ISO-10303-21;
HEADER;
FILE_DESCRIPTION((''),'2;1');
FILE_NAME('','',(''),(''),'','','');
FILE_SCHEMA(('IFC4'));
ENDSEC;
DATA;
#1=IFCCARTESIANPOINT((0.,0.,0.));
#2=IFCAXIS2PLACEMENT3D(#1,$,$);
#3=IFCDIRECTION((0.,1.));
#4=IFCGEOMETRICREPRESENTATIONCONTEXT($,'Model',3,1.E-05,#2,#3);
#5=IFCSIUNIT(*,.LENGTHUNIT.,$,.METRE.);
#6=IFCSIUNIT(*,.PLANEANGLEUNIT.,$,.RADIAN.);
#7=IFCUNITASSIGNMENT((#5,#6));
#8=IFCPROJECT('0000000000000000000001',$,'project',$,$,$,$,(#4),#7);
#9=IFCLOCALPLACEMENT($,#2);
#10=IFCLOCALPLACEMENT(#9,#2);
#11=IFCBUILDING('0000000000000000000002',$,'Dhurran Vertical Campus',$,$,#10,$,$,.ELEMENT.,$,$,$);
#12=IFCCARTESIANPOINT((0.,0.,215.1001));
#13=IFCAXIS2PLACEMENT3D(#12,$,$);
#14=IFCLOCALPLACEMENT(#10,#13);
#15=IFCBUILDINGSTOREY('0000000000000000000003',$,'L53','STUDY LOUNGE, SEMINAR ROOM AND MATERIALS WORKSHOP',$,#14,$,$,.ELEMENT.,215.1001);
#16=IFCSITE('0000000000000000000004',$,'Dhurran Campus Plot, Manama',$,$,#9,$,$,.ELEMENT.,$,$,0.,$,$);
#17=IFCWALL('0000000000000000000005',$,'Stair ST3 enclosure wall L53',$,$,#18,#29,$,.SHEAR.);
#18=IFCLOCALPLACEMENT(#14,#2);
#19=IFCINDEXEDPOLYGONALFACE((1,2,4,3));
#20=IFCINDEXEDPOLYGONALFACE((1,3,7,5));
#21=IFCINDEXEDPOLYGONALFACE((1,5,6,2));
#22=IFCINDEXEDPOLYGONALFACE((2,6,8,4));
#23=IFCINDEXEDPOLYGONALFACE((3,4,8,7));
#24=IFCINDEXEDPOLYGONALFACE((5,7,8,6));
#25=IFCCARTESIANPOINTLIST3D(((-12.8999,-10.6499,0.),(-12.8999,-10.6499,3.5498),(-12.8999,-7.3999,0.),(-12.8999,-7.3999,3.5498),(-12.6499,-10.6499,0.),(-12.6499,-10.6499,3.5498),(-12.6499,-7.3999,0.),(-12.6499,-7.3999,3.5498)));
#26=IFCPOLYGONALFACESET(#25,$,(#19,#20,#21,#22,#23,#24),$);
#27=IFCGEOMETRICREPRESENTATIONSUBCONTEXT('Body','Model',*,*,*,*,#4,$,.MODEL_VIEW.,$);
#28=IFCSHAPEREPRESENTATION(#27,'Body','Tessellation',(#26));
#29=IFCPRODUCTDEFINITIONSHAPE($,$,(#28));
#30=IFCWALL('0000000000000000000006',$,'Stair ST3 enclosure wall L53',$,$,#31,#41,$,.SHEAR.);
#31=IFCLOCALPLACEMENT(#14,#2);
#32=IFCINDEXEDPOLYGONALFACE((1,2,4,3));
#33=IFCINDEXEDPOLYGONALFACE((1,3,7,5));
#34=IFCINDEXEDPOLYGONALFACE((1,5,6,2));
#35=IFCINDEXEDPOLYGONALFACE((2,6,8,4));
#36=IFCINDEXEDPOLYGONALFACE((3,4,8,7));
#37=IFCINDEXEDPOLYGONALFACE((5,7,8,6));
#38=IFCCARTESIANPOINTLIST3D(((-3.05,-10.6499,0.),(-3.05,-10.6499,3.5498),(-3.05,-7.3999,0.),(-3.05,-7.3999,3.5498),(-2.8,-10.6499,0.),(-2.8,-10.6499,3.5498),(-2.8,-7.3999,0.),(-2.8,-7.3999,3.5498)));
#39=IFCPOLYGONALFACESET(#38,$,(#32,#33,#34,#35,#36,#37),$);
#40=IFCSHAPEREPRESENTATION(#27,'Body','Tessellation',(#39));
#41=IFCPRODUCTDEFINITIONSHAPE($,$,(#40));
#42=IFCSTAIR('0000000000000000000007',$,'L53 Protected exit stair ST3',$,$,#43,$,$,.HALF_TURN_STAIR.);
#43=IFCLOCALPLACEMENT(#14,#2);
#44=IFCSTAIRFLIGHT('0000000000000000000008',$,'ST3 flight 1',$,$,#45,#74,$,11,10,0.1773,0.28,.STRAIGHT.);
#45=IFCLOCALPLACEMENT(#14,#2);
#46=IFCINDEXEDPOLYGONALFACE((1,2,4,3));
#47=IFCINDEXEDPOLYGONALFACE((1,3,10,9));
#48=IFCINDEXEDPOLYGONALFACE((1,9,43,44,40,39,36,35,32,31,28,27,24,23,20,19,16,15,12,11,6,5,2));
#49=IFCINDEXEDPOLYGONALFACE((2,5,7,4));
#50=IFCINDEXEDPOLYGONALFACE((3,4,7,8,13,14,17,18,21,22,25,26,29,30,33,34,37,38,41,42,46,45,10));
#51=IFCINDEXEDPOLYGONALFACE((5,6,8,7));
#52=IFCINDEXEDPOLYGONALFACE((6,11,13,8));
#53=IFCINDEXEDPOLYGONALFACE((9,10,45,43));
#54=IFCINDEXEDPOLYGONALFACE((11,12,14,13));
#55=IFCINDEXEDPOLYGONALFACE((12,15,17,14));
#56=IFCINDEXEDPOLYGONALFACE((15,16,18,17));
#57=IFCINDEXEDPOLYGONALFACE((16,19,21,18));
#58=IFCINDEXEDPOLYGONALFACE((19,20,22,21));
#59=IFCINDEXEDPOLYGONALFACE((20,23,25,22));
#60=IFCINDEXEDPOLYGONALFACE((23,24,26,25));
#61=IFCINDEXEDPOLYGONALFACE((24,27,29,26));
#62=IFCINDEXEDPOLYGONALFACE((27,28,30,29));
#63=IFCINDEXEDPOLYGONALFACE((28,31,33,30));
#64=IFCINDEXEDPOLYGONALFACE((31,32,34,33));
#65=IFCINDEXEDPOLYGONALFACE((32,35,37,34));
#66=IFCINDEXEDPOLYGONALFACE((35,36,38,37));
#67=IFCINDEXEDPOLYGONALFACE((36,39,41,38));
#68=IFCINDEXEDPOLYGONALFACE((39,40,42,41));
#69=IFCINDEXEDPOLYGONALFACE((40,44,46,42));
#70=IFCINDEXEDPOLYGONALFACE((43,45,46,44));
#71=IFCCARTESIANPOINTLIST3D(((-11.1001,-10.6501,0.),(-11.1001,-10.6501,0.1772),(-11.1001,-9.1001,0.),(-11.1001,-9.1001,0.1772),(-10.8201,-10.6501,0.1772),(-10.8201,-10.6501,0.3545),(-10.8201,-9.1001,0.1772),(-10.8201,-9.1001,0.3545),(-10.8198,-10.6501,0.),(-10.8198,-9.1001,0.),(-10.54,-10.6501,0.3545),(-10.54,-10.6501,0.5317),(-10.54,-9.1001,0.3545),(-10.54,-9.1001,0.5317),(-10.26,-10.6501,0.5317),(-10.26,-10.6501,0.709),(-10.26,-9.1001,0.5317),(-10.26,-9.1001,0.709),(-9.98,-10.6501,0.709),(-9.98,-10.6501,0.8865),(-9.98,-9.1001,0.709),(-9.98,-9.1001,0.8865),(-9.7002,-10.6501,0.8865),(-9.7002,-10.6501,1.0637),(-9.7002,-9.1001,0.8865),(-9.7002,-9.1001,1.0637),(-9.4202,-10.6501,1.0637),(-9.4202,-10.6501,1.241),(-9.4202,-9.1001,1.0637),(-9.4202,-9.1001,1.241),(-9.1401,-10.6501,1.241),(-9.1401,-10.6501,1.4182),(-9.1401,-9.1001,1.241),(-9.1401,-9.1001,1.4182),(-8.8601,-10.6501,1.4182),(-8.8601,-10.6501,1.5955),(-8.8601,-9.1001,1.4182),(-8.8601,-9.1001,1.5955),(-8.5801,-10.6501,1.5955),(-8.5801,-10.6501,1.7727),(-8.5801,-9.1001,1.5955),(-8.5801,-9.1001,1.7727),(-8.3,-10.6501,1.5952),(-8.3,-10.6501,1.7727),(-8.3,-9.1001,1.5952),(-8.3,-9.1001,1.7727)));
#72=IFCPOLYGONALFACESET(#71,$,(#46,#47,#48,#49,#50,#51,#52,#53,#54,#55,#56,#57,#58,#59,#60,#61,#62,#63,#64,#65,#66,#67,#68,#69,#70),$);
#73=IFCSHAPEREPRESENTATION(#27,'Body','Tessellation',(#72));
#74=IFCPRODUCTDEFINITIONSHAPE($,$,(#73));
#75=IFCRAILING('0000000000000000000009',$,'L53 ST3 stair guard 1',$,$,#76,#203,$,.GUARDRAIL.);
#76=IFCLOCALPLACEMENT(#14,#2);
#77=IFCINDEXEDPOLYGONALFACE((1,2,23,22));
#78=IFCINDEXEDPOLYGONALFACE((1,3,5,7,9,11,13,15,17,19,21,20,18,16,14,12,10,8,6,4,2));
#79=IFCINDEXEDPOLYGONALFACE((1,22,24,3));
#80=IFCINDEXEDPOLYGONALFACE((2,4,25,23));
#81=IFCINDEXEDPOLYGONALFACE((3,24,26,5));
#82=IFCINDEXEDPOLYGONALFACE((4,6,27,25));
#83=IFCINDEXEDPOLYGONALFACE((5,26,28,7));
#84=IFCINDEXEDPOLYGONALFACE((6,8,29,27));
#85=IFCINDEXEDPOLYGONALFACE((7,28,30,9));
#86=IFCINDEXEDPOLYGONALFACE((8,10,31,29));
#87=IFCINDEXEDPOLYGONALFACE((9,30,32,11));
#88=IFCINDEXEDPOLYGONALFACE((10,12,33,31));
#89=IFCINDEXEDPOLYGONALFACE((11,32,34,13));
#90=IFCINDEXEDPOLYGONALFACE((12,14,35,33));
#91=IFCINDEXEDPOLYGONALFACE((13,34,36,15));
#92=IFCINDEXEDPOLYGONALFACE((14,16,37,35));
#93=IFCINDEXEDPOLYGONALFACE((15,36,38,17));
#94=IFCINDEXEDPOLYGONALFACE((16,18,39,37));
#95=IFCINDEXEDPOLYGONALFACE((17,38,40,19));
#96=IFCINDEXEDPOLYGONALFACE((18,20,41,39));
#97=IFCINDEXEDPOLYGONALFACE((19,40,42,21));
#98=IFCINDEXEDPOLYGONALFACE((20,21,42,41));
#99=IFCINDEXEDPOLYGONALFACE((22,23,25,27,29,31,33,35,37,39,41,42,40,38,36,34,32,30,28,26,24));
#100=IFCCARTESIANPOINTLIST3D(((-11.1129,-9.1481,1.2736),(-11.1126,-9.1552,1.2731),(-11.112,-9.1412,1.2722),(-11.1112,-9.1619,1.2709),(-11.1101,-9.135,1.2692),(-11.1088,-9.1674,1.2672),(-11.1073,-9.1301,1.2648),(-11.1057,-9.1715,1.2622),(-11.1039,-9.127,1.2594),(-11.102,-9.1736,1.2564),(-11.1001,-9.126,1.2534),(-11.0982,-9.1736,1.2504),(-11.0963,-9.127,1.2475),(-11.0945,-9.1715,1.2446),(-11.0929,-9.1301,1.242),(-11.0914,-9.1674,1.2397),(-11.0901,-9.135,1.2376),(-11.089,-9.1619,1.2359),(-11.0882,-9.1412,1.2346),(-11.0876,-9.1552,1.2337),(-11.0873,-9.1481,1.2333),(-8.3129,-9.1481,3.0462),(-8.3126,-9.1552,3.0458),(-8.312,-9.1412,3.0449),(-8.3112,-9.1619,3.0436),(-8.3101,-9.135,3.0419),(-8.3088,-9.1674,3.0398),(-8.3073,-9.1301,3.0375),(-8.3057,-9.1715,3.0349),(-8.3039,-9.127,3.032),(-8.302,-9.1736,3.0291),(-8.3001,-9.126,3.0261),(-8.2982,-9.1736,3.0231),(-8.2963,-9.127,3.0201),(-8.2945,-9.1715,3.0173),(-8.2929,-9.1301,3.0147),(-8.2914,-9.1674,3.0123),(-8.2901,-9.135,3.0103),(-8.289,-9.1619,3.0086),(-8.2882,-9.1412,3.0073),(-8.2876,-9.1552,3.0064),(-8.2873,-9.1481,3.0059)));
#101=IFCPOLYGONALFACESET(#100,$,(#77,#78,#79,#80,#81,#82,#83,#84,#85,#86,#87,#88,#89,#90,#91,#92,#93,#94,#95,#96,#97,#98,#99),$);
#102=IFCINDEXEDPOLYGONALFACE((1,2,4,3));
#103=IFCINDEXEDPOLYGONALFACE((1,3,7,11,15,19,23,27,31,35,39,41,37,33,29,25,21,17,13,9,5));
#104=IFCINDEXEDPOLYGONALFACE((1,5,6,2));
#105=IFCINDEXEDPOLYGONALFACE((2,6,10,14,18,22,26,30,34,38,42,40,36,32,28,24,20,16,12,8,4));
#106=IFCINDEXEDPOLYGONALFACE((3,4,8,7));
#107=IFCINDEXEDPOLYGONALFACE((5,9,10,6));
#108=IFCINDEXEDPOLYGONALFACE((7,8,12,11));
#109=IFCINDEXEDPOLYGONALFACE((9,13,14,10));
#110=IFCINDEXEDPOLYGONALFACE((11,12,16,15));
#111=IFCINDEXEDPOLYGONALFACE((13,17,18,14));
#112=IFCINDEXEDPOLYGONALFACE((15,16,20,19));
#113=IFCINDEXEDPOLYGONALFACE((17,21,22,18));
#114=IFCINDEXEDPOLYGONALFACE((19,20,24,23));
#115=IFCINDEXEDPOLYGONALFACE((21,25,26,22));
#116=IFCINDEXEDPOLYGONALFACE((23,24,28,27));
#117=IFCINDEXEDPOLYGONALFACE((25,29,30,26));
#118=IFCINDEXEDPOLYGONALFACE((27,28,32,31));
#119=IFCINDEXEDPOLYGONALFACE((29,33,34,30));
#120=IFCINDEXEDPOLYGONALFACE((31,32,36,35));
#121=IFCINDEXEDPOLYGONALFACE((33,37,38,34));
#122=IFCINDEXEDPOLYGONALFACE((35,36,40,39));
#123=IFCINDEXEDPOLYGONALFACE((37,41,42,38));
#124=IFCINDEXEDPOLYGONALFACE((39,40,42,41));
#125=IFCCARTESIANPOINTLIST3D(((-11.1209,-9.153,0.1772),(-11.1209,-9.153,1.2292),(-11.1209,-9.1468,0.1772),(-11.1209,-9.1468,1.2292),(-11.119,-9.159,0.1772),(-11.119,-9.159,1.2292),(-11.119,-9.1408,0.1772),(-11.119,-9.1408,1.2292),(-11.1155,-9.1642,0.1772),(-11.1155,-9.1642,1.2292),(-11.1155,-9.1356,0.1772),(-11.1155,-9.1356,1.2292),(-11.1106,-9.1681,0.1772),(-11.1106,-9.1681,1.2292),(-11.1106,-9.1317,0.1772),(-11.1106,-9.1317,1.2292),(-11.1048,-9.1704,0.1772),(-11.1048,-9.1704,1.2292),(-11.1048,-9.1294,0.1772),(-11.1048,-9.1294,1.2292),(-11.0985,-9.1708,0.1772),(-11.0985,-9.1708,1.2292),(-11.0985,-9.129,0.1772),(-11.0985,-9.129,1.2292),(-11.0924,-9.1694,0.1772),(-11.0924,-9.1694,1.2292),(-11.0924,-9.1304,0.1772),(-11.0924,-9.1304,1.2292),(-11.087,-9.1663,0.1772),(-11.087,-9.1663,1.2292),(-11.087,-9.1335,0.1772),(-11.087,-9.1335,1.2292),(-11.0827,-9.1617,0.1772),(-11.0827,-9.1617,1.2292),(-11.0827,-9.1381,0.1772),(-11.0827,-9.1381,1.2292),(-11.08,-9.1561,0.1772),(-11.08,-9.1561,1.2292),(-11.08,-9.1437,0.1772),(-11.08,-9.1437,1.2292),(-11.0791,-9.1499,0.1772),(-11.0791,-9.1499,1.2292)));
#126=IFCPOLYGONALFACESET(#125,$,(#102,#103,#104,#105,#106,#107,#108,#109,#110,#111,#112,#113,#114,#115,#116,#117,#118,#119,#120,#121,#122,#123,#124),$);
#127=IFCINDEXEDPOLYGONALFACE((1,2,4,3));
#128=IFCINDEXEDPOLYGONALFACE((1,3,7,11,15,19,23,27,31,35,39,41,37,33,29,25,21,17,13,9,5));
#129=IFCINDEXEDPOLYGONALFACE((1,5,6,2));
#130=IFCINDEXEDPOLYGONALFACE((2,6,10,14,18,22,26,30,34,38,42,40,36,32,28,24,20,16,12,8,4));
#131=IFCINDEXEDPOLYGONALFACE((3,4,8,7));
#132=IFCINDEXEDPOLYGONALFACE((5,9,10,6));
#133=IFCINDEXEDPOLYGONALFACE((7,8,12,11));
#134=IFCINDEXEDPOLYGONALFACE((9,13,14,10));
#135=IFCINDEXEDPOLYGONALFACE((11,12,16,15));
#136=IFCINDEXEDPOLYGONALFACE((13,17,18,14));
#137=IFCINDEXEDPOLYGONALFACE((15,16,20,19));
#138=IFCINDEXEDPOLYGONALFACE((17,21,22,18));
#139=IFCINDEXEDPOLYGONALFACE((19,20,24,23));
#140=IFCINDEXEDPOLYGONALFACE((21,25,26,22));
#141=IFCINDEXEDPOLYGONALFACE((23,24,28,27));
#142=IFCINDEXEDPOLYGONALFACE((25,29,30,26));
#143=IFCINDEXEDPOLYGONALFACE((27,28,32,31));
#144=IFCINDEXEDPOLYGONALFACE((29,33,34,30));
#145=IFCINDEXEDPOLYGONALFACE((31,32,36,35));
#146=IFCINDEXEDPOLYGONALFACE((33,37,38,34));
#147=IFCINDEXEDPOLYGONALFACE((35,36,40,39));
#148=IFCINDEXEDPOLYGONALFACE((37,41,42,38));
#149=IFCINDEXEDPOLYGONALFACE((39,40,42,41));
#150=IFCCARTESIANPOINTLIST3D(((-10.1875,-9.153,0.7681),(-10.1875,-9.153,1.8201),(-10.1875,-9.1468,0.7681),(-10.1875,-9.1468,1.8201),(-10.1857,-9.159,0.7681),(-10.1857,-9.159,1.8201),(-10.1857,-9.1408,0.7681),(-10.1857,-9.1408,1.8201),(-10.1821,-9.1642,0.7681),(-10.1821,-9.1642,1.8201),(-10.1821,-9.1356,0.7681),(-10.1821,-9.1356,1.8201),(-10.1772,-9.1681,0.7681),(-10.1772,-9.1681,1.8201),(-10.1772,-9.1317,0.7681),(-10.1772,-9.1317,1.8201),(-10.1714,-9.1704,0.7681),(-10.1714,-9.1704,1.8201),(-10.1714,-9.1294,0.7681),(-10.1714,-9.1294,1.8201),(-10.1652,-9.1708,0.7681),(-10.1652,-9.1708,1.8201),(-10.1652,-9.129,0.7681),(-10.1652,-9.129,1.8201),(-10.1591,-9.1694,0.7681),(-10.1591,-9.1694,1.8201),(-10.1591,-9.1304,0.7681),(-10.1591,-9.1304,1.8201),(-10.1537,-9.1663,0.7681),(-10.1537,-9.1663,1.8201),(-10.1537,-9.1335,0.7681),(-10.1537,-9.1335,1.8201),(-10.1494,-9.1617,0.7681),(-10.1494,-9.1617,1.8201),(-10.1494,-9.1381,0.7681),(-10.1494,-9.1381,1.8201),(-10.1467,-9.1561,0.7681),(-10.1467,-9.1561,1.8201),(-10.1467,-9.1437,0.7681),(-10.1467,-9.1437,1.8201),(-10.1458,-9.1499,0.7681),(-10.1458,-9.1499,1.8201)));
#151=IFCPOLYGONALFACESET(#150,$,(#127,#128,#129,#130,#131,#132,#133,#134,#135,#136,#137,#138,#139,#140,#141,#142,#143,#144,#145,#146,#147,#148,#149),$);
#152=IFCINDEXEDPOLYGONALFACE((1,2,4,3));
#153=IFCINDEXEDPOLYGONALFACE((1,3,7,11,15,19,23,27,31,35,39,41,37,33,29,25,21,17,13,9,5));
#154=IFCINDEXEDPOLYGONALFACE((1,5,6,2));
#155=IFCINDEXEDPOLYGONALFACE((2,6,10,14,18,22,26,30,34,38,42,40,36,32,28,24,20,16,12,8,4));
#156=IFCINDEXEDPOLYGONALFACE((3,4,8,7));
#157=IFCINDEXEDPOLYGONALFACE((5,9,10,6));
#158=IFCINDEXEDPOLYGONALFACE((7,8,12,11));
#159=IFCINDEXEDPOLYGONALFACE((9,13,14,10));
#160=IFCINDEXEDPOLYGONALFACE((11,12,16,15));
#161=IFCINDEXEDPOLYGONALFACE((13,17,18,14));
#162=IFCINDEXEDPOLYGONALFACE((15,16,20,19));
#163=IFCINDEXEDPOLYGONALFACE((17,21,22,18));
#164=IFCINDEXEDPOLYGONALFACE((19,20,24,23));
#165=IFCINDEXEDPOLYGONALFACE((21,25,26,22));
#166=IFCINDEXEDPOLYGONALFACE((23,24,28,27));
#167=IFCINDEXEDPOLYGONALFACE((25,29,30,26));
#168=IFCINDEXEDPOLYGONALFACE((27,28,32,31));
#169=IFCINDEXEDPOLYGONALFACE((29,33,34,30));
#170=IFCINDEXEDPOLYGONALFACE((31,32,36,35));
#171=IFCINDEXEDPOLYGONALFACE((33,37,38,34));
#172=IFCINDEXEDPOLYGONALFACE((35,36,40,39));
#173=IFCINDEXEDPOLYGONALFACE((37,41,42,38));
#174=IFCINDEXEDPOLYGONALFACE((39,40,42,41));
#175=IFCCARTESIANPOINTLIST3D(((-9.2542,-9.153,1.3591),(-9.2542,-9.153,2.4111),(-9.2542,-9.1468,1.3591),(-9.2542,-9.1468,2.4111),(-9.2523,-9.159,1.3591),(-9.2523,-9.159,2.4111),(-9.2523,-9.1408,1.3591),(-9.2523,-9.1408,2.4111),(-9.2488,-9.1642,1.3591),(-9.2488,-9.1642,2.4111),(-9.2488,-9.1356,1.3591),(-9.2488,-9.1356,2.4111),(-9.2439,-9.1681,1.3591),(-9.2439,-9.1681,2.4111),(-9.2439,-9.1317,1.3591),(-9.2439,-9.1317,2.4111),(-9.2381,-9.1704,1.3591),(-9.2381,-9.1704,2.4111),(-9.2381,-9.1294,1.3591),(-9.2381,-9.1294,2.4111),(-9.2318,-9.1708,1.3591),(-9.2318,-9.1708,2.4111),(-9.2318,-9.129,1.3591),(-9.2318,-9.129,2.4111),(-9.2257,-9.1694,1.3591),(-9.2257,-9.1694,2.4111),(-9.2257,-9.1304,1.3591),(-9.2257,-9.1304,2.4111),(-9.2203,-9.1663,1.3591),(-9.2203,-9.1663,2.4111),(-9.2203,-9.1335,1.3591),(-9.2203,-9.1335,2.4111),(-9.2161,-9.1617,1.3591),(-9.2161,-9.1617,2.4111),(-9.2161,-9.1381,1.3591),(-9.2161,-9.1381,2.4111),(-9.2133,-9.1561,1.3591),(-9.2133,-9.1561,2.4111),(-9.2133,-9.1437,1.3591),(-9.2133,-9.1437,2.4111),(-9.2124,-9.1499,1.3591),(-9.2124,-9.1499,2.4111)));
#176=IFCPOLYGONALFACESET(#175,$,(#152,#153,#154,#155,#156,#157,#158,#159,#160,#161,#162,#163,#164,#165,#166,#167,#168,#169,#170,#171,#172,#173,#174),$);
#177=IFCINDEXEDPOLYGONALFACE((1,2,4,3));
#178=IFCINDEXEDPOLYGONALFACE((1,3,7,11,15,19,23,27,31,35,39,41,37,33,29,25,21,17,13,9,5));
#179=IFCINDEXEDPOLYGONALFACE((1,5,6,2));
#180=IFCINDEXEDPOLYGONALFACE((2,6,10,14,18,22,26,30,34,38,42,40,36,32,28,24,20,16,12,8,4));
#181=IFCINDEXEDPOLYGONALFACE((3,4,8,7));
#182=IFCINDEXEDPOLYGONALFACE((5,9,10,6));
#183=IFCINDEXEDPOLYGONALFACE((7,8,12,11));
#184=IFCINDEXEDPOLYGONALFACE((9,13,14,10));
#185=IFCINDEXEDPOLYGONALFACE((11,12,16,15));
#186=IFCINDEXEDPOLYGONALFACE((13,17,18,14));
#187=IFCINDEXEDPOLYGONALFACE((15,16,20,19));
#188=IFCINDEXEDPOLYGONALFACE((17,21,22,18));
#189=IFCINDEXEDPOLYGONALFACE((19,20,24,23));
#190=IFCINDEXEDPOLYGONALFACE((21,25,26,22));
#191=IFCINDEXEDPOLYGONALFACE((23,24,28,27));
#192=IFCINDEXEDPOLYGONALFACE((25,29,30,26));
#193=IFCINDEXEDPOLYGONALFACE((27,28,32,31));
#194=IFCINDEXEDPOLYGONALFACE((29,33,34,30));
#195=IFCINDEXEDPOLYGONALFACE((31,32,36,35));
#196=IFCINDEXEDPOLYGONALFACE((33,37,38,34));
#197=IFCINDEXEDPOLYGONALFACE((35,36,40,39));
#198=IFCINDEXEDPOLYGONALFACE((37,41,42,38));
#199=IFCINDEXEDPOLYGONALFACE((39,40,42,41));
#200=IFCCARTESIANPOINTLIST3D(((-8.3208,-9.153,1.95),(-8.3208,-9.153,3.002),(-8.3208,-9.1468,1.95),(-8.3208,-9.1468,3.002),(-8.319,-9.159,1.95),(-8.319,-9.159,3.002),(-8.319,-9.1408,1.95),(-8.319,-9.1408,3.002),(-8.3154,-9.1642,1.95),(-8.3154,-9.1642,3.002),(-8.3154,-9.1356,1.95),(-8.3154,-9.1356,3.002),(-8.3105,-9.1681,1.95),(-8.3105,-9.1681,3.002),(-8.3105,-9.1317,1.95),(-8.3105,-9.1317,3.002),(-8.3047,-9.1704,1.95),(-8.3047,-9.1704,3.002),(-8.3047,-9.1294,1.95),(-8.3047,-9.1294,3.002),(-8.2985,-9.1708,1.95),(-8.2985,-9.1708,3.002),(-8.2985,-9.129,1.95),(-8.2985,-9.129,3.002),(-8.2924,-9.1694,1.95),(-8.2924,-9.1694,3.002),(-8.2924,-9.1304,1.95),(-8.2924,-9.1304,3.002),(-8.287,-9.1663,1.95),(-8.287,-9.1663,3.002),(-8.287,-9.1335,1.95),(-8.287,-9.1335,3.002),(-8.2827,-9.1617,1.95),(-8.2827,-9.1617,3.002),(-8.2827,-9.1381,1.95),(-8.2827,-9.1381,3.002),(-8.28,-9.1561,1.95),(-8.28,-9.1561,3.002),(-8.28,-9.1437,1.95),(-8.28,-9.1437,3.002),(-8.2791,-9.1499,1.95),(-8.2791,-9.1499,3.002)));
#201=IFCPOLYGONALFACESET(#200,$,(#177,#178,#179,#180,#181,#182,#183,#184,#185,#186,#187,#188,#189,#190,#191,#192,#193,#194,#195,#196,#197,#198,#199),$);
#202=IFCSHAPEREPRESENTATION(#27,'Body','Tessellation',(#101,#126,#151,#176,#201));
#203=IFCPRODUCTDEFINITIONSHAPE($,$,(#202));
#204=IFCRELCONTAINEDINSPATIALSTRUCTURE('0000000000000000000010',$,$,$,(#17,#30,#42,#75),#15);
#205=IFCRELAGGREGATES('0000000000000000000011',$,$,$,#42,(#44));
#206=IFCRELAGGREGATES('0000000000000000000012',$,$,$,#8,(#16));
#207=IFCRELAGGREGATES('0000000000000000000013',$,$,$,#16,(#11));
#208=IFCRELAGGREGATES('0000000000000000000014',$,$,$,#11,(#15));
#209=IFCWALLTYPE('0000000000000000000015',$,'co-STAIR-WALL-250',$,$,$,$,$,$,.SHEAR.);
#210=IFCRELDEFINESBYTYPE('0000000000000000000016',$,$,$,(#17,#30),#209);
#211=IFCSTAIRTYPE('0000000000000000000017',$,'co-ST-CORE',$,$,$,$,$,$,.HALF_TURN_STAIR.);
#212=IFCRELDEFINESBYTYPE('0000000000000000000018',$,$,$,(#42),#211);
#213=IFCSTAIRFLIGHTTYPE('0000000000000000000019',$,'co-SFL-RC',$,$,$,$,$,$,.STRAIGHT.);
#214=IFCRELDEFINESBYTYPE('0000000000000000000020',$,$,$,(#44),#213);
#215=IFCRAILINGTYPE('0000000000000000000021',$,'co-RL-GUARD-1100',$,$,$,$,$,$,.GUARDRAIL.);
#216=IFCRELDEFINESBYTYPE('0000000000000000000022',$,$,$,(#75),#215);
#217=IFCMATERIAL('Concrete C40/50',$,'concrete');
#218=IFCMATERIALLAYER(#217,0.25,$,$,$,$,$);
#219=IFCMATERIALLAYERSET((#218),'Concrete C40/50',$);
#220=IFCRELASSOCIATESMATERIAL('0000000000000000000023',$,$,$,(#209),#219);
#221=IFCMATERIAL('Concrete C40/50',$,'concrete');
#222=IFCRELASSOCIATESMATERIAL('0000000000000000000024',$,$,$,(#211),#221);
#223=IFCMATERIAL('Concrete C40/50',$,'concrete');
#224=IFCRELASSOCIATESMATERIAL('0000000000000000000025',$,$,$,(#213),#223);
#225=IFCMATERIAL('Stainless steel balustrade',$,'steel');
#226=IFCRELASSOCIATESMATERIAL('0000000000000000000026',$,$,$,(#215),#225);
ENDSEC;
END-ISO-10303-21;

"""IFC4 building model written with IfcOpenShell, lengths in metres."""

from ifc_helpers import new_model, si_unit, direction, frame, frame_2d, origin, origin_2d, place, context, subcontext, project, spatial, polyline, rectangle, circle, outline, extrude, material, layer, layer_set, type_object, element, aggregate, save


model = new_model("IFC4")

# Units and contexts
model_context = context("Model", 3, precision=1e-05, world=origin(), true_north=direction((0.0, 1.0)))
body_context = subcontext(model_context, "Body", "Model", "MODEL_VIEW")
ifc_project = project(units=[si_unit("LENGTHUNIT", "METRE"), si_unit("PLANEANGLEUNIT", "RADIAN")], contexts=[model_context])

# Site, building, storey
site_placement = place(None, origin())
site = spatial("IfcSite", under=ifc_project, at=site_placement, Name="Dhurran Campus Plot, Manama", CompositionType="ELEMENT", RefElevation=0.0)
building_placement = place(site_placement, origin())
building = spatial("IfcBuilding", under=site, at=building_placement, Name="Dhurran Vertical Campus", CompositionType="ELEMENT")
storey_placement = place(building_placement, frame((0.0, 0.0, 215.1001)))
storey = spatial("IfcBuildingStorey", under=building, at=storey_placement, Name="L53", Description="STUDY LOUNGE, SEMINAR ROOM AND MATERIALS WORKSHOP", CompositionType="ELEMENT", Elevation=215.1001)

# Walls
ifc_material_1 = material(Name="Concrete C40/50", Category="concrete")
ifc_layer_1 = layer(ifc_material_1, 0.25)
ifc_layer_set_1 = layer_set([ifc_layer_1], Name="Concrete C40/50")
wall_type_1 = type_object("IfcWallType", Name="co-STAIR-WALL-250", PredefinedType="SHEAR", material=ifc_layer_set_1)
for number, where, z_axis, x_axis, name in (
    (1, (-12.7749, -10.6499, 0.0), (0.0, 0.0, 1.0), (0.0, 1.0, 0.0), "Stair ST3 enclosure wall L53"),
    (2, (-2.925, -10.6499, 0.0), (0.0, 0.0, 1.0), (0.0, 1.0, 0.0), "Stair ST3 enclosure wall L53"),
):
    element("IfcWall", number, at=place(storey_placement, frame(where, z_axis=z_axis, x_axis=x_axis)), inside=storey, type_object=wall_type_1, Name=name, PredefinedType="SHEAR", context=body_context, shape_type="SweptSolid", body=[
        extrude(rectangle(XDim=3.25, YDim=0.25, at=frame_2d((1.625, 0.0))), origin(), (0.0, 0.0, 1.0), 3.5498),
    ])

# Stair, stair flight
ifc_material_2 = material(Name="Concrete C40/50", Category="concrete")
stair_type = type_object("IfcStairType", Name="co-ST-CORE", PredefinedType="HALF_TURN_STAIR", material=ifc_material_2)
stair_placement = place(storey_placement, origin())
stair = element("IfcStair", 3, at=stair_placement, inside=storey, type_object=stair_type, Name="L53 Protected exit stair ST3", PredefinedType="HALF_TURN_STAIR")
ifc_material_3 = material(Name="Concrete C40/50", Category="concrete")
stair_flight_type = type_object("IfcStairFlightType", Name="co-SFL-RC", PredefinedType="STRAIGHT", material=ifc_material_3)
stair_flight_placement = place(storey_placement, frame((-11.1001, -9.875, 0.0), z_axis=(0.0, 0.0, 1.0), x_axis=(1.0, 0.0, 0.0)))
stair_flight = element("IfcStairFlight", 4, at=stair_flight_placement, type_object=stair_flight_type, Name="ST3 flight 1", NumberOfRisers=11, NumberOfTreads=10, PredefinedType="STRAIGHT", RiserHeight=0.1773, TreadLength=0.28, context=body_context, shape_type="SweptSolid", body=[
    extrude(outline(polyline([(0.0, 0.0), (0.0, 0.1772), (0.28, 0.1772), (0.28, 0.3545), (0.5601, 0.3545), (0.5601, 0.5317), (0.8401, 0.5317), (0.8401, 0.709), (1.1201, 0.709), (1.1201, 0.8865), (1.3999, 0.8865), (1.3999, 1.0637), (1.6799, 1.0637), (1.6799, 1.241), (1.96, 1.241), (1.96, 1.4182), (2.24, 1.4182), (2.24, 1.5955), (2.52, 1.5955), (2.52, 1.7727), (2.8, 1.7727), (2.8, 1.95), (2.8, 1.5952), (0.2803, 0.0), (0.0, 0.0)])), frame((0.0, 0.7749, 0.0), z_axis=(0.0, -1.0, 0.0), x_axis=(1.0, 0.0, 0.0)), (0.0, 0.0, 1.0), 1.55),
])
aggregate(stair, [stair_flight])

# Railing
ifc_material_4 = material(Name="Stainless steel balustrade", Category="steel")
railing_type_1 = type_object("IfcRailingType", Name="co-RL-GUARD-1100", PredefinedType="GUARDRAIL", material=ifc_material_4)
railing_1_placement = place(storey_placement, frame((-11.1001, -9.1499, 0.1772)))
element("IfcRailing", 5, at=railing_1_placement, inside=storey, type_object=railing_type_1, Name="L53 ST3 stair guard 1", PredefinedType="GUARDRAIL", context=body_context, shape_type="SweptSolid", body=[
    extrude(circle(Radius=0.0239, at=origin_2d()), frame((0.0, 0.0, 1.0762), z_axis=(0.844909, 0.0, 0.53491), x_axis=(0.0, 1.0, 0.0)), (0.0, 0.0, 1.0), 3.314),
    extrude(circle(Radius=0.021, at=origin_2d()), origin(), (0.0, 0.0, 1.0), 1.052),
    extrude(circle(Radius=0.021, at=origin_2d()), frame((0.9333, 0.0, 0.5908)), (0.0, 0.0, 1.0), 1.052),
    extrude(circle(Radius=0.021, at=origin_2d()), frame((1.8667, 0.0, 1.1819)), (0.0, 0.0, 1.0), 1.052),
    extrude(circle(Radius=0.021, at=origin_2d()), frame((2.8, 0.0, 1.7727)), (0.0, 0.0, 1.0), 1.052),
])

save(model, "model.ifc")
